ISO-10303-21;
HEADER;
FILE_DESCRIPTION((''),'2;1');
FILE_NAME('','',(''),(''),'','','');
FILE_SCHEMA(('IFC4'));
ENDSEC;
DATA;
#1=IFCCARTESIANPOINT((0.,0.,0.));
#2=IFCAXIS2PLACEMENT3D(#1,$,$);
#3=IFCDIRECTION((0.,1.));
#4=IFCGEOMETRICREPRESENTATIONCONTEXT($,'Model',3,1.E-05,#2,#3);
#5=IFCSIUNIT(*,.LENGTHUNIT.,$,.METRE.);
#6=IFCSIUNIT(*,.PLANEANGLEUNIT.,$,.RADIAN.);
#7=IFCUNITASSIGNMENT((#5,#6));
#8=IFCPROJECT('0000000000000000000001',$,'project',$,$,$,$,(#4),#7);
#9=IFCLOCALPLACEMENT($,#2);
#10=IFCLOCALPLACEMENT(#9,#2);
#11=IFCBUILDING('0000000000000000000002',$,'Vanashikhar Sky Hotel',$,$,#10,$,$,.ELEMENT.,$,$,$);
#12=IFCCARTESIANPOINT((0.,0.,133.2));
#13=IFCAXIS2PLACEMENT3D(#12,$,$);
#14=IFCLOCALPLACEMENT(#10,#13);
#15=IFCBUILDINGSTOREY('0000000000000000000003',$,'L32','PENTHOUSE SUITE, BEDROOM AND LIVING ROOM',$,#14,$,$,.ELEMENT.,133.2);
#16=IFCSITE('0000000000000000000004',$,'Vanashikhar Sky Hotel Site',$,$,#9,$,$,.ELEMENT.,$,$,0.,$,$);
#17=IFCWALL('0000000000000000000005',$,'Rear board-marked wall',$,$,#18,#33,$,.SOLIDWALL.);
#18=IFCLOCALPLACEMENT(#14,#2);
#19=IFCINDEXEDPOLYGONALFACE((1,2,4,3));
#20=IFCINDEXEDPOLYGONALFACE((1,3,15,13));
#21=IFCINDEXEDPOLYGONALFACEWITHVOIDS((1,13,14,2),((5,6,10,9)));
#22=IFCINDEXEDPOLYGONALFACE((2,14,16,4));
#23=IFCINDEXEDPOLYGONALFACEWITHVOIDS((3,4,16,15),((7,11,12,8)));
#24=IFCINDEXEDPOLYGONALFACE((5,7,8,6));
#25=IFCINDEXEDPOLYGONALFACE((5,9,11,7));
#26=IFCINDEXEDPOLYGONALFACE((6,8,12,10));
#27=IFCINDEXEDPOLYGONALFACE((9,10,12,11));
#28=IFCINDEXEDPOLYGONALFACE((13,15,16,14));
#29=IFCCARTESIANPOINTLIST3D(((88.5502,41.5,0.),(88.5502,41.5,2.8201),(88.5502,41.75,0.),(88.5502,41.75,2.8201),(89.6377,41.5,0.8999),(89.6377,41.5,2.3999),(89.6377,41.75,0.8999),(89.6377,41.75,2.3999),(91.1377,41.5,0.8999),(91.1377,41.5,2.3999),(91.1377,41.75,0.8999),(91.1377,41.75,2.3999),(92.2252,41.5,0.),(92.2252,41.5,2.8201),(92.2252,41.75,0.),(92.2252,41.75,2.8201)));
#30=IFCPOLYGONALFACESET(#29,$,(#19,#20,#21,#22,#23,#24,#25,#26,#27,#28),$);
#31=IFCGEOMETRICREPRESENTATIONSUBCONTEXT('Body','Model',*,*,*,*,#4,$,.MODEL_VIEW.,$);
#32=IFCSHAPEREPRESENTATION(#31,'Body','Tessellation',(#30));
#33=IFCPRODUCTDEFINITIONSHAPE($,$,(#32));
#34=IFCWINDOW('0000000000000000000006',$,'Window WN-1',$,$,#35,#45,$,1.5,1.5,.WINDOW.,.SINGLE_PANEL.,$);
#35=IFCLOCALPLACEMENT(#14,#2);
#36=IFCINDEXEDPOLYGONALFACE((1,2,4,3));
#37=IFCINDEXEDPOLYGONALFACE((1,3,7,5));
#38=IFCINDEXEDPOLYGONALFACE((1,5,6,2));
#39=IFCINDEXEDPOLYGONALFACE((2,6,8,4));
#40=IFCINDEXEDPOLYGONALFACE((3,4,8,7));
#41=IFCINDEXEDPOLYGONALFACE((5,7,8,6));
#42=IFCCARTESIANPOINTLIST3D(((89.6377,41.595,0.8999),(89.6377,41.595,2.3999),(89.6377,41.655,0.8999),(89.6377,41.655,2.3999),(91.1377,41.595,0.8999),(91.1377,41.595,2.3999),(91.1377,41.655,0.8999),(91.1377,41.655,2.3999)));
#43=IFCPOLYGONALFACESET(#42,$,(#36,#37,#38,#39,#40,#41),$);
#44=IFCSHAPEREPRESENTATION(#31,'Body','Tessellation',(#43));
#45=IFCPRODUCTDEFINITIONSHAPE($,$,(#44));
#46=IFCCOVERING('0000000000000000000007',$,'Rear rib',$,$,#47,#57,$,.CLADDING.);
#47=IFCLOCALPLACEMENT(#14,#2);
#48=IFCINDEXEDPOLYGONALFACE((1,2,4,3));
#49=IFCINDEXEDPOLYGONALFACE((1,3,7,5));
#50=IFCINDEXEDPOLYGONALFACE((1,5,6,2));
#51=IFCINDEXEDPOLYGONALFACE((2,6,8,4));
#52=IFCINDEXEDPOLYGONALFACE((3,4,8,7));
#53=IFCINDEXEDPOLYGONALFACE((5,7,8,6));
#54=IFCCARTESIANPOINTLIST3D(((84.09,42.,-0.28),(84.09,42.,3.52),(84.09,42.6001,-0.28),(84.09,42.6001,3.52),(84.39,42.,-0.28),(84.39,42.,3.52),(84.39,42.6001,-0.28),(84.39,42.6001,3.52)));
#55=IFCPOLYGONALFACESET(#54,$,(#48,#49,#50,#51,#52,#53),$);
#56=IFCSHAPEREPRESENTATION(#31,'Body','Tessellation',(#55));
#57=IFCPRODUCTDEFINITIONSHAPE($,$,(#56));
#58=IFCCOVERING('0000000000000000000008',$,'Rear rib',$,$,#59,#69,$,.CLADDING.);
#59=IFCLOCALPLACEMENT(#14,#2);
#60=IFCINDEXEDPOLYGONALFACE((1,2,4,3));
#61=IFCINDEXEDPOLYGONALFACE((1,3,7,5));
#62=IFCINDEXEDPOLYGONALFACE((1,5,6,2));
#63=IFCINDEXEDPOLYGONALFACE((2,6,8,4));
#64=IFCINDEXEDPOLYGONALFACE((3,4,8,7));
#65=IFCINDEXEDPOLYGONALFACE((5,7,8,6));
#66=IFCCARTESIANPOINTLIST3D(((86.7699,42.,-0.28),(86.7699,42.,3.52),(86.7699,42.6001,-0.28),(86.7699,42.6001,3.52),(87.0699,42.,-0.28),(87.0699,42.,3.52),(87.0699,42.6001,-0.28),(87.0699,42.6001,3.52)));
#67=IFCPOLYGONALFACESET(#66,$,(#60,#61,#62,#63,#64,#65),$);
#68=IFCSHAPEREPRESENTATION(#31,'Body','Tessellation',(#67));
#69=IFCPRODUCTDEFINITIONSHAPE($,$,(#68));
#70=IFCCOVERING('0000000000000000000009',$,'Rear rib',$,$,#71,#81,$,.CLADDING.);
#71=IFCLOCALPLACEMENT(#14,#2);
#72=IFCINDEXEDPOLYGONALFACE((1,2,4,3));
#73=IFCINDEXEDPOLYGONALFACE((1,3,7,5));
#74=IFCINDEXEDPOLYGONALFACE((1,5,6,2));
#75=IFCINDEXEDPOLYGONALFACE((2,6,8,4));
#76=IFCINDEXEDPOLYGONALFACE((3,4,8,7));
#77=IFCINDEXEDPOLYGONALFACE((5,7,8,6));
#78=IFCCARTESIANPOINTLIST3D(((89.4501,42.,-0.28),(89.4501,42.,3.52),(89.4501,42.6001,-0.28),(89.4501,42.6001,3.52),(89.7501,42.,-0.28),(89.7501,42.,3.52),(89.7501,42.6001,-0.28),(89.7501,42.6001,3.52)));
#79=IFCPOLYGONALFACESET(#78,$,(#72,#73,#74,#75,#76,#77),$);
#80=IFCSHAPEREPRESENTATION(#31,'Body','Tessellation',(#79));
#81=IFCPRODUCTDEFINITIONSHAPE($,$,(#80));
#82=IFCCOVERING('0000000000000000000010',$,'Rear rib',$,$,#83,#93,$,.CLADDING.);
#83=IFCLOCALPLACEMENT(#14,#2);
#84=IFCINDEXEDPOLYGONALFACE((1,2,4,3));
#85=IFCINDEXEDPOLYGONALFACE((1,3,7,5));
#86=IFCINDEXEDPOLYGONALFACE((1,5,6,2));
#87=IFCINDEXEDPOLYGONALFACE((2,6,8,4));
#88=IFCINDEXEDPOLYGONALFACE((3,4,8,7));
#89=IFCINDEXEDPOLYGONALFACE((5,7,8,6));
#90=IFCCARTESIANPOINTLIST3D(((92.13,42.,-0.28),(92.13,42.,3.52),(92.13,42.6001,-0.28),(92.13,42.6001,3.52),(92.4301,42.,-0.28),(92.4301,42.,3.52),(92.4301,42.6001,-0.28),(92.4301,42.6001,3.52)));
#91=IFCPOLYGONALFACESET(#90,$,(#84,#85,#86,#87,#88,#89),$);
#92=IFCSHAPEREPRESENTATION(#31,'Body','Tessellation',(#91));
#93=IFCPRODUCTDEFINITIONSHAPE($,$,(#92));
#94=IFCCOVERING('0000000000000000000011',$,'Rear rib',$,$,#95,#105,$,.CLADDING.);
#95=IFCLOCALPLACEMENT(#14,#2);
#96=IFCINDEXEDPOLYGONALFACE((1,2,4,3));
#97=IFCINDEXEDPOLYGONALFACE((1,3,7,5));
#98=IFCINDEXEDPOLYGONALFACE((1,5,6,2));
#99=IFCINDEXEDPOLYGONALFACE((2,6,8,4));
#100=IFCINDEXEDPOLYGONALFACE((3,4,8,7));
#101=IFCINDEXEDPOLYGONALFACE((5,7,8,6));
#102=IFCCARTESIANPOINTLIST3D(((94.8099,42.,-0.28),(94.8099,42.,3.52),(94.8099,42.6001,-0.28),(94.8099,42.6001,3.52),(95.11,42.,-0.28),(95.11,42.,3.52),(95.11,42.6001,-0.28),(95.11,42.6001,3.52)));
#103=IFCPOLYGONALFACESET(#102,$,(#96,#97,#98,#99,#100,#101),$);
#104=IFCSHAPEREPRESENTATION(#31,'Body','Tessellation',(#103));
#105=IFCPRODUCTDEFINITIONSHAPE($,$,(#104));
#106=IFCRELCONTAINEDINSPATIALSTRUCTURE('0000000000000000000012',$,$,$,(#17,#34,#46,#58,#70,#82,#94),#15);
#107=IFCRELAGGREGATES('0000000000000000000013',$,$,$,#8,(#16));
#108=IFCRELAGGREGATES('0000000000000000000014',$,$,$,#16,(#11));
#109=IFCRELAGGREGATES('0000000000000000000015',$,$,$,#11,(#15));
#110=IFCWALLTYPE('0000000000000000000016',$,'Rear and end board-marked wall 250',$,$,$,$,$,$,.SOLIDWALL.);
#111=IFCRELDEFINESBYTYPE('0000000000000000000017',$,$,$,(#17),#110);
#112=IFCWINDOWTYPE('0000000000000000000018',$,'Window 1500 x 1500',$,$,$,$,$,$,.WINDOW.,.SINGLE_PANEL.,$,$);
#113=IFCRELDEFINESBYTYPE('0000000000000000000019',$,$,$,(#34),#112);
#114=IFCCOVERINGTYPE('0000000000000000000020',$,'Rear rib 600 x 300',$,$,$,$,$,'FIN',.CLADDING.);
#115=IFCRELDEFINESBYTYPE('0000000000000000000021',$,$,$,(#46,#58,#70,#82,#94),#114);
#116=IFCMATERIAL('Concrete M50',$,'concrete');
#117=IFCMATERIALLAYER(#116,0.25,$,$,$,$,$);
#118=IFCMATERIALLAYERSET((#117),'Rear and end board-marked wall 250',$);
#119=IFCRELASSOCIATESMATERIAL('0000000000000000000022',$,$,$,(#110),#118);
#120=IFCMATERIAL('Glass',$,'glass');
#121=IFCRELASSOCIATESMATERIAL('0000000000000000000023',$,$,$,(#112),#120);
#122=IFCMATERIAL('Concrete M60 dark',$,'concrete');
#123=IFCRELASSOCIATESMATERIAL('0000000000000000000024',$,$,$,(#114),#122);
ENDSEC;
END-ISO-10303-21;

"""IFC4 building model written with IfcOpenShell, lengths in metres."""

from ifc_helpers import new_model, si_unit, direction, frame, frame_2d, origin, origin_2d, place, context, subcontext, project, spatial, rectangle, extrude, source, transform, mapped, material, layer, layer_set, material_profile, profile_set, type_object, element, fill, save


model = new_model("IFC4")

# Units and contexts
model_context = context("Model", 3, precision=1e-05, world=origin(), true_north=direction((0.0, 1.0)))
body_context = subcontext(model_context, "Body", "Model", "MODEL_VIEW")
ifc_project = project(units=[si_unit("LENGTHUNIT", "METRE"), si_unit("PLANEANGLEUNIT", "RADIAN")], contexts=[model_context])

# Site, building, storey
site_placement = place(None, origin())
site = spatial("IfcSite", under=ifc_project, at=site_placement, Name="Vanashikhar Sky Hotel Site", CompositionType="ELEMENT", RefElevation=0.0)
building_placement = place(site_placement, origin())
building = spatial("IfcBuilding", under=site, at=building_placement, Name="Vanashikhar Sky Hotel", CompositionType="ELEMENT")
storey_placement = place(building_placement, frame((0.0, 0.0, 133.2)))
storey = spatial("IfcBuildingStorey", under=building, at=storey_placement, Name="L32", Description="PENTHOUSE SUITE, BEDROOM AND LIVING ROOM", CompositionType="ELEMENT", Elevation=133.2)

# Shared definitions
ifc_material_1 = material(Name="Concrete M50", Category="concrete")

# Wall, opening, window
ifc_material_2 = material(Name="Glass", Category="glass")
ifc_layer_1 = layer(ifc_material_1, 0.25)
ifc_layer_set_1 = layer_set([ifc_layer_1], Name="Rear and end board-marked wall 250")
wall_type_1 = type_object("IfcWallType", Name="Rear and end board-marked wall 250", PredefinedType="SOLIDWALL", material=ifc_layer_set_1)
shared_shape_1 = source(origin(), body_context, "Body", "SweptSolid", [
    extrude(rectangle(XDim=1.5, YDim=1.5, at=frame_2d((0.75, 0.75))), frame((0.0, 0.135, 0.0), z_axis=(0.0, -1.0, 0.0), x_axis=(1.0, 0.0, 0.0)), (0.0, 0.0, 1.0), 0.27),
])
window_type_1 = type_object("IfcWindowType", Name="Window 1500 x 1500", PartitioningType="SINGLE_PANEL", PredefinedType="WINDOW", material=ifc_material_2)
shared_shape_2 = source(origin(), body_context, "Body", "SweptSolid", [
    extrude(rectangle(XDim=1.5, YDim=1.5, at=frame_2d((0.75, 0.75))), frame((0.0, 0.03, 0.0), z_axis=(0.0, -1.0, 0.0), x_axis=(1.0, 0.0, 0.0)), (0.0, 0.0, 1.0), 0.0601),
])
shared_shape_3 = source(origin(), body_context, "Body", "SweptSolid", [
    extrude(rectangle(XDim=3.675, YDim=0.25, at=frame_2d((1.8374, 0.0))), origin(), (0.0, 0.0, 1.0), 2.8201),
])
wall_1_placement = place(storey_placement, frame((92.2251, 41.625, 0.0), z_axis=(0.0, 0.0, 1.0), x_axis=(-1.0, 0.0, 0.0)))
wall_1 = element("IfcWall", 1, at=wall_1_placement, inside=storey, type_object=wall_type_1, Name="Rear board-marked wall", PredefinedType="SOLIDWALL", context=body_context, shape_type="MappedRepresentation", body=[
    mapped(shared_shape_3, transform((0.0, 0.0, 0.0), scale=1.0)),
])
opening_1_placement = place(wall_1_placement, frame((1.0874, 0.0, 0.8999)))
opening_1 = element("IfcOpeningElement", 2, at=opening_1_placement, cuts=wall_1, PredefinedType="OPENING", context=body_context, shape_type="MappedRepresentation", body=[
    mapped(shared_shape_1, transform((0.0, 0.0, 0.0), scale=1.0)),
])
window_1_placement = place(opening_1_placement, origin())
window_1 = element("IfcWindow", 3, at=window_1_placement, inside=storey, type_object=window_type_1, Name="Window WN-1", OverallHeight=1.5, OverallWidth=1.5, PartitioningType="SINGLE_PANEL", PredefinedType="WINDOW", context=body_context, shape_type="MappedRepresentation", body=[
    mapped(shared_shape_2, transform((0.0, 0.0, 0.0), scale=1.0)),
])
fill(opening_1, window_1)

# Coverings
ifc_material_3 = material(Name="Concrete M60 dark", Category="concrete")
ifc_material_profile_1 = material_profile(ifc_material_3, rectangle(XDim=0.6001, YDim=0.3, at=origin_2d()))
ifc_profile_set_1 = profile_set([ifc_material_profile_1], Name="Rear rib 600 x 300")
covering_type = type_object("IfcCoveringType", Name="Rear rib 600 x 300", ElementType="FIN", PredefinedType="CLADDING", material=ifc_profile_set_1)
shared_shape_4 = source(origin(), body_context, "Body", "SweptSolid", [
    extrude(rectangle(XDim=0.6001, YDim=0.3, at=origin_2d()), origin(), (0.0, 0.0, 1.0), 3.8),
])
for number, where, z_axis, x_axis, name in (
    (4, (84.24, 42.3, -0.28), (0.0, 0.0, 1.0), (0.0, 1.0, 0.0), "Rear rib"),
    (5, (86.9199, 42.3, -0.28), (0.0, 0.0, 1.0), (0.0, 1.0, 0.0), "Rear rib"),
    (6, (89.6001, 42.3, -0.28), (0.0, 0.0, 1.0), (0.0, 1.0, 0.0), "Rear rib"),
    (7, (92.28, 42.3, -0.28), (0.0, 0.0, 1.0), (0.0, 1.0, 0.0), "Rear rib"),
    (8, (94.96, 42.3, -0.28), (0.0, 0.0, 1.0), (0.0, 1.0, 0.0), "Rear rib"),
):
    element("IfcCovering", number, at=place(storey_placement, frame(where, z_axis=z_axis, x_axis=x_axis)), inside=storey, type_object=covering_type, Name=name, PredefinedType="CLADDING", context=body_context, shape_type="MappedRepresentation", body=[
        mapped(shared_shape_4, transform((0.0, 0.0, 0.0), scale=1.0)),
    ])

save(model, "model.ifc")
